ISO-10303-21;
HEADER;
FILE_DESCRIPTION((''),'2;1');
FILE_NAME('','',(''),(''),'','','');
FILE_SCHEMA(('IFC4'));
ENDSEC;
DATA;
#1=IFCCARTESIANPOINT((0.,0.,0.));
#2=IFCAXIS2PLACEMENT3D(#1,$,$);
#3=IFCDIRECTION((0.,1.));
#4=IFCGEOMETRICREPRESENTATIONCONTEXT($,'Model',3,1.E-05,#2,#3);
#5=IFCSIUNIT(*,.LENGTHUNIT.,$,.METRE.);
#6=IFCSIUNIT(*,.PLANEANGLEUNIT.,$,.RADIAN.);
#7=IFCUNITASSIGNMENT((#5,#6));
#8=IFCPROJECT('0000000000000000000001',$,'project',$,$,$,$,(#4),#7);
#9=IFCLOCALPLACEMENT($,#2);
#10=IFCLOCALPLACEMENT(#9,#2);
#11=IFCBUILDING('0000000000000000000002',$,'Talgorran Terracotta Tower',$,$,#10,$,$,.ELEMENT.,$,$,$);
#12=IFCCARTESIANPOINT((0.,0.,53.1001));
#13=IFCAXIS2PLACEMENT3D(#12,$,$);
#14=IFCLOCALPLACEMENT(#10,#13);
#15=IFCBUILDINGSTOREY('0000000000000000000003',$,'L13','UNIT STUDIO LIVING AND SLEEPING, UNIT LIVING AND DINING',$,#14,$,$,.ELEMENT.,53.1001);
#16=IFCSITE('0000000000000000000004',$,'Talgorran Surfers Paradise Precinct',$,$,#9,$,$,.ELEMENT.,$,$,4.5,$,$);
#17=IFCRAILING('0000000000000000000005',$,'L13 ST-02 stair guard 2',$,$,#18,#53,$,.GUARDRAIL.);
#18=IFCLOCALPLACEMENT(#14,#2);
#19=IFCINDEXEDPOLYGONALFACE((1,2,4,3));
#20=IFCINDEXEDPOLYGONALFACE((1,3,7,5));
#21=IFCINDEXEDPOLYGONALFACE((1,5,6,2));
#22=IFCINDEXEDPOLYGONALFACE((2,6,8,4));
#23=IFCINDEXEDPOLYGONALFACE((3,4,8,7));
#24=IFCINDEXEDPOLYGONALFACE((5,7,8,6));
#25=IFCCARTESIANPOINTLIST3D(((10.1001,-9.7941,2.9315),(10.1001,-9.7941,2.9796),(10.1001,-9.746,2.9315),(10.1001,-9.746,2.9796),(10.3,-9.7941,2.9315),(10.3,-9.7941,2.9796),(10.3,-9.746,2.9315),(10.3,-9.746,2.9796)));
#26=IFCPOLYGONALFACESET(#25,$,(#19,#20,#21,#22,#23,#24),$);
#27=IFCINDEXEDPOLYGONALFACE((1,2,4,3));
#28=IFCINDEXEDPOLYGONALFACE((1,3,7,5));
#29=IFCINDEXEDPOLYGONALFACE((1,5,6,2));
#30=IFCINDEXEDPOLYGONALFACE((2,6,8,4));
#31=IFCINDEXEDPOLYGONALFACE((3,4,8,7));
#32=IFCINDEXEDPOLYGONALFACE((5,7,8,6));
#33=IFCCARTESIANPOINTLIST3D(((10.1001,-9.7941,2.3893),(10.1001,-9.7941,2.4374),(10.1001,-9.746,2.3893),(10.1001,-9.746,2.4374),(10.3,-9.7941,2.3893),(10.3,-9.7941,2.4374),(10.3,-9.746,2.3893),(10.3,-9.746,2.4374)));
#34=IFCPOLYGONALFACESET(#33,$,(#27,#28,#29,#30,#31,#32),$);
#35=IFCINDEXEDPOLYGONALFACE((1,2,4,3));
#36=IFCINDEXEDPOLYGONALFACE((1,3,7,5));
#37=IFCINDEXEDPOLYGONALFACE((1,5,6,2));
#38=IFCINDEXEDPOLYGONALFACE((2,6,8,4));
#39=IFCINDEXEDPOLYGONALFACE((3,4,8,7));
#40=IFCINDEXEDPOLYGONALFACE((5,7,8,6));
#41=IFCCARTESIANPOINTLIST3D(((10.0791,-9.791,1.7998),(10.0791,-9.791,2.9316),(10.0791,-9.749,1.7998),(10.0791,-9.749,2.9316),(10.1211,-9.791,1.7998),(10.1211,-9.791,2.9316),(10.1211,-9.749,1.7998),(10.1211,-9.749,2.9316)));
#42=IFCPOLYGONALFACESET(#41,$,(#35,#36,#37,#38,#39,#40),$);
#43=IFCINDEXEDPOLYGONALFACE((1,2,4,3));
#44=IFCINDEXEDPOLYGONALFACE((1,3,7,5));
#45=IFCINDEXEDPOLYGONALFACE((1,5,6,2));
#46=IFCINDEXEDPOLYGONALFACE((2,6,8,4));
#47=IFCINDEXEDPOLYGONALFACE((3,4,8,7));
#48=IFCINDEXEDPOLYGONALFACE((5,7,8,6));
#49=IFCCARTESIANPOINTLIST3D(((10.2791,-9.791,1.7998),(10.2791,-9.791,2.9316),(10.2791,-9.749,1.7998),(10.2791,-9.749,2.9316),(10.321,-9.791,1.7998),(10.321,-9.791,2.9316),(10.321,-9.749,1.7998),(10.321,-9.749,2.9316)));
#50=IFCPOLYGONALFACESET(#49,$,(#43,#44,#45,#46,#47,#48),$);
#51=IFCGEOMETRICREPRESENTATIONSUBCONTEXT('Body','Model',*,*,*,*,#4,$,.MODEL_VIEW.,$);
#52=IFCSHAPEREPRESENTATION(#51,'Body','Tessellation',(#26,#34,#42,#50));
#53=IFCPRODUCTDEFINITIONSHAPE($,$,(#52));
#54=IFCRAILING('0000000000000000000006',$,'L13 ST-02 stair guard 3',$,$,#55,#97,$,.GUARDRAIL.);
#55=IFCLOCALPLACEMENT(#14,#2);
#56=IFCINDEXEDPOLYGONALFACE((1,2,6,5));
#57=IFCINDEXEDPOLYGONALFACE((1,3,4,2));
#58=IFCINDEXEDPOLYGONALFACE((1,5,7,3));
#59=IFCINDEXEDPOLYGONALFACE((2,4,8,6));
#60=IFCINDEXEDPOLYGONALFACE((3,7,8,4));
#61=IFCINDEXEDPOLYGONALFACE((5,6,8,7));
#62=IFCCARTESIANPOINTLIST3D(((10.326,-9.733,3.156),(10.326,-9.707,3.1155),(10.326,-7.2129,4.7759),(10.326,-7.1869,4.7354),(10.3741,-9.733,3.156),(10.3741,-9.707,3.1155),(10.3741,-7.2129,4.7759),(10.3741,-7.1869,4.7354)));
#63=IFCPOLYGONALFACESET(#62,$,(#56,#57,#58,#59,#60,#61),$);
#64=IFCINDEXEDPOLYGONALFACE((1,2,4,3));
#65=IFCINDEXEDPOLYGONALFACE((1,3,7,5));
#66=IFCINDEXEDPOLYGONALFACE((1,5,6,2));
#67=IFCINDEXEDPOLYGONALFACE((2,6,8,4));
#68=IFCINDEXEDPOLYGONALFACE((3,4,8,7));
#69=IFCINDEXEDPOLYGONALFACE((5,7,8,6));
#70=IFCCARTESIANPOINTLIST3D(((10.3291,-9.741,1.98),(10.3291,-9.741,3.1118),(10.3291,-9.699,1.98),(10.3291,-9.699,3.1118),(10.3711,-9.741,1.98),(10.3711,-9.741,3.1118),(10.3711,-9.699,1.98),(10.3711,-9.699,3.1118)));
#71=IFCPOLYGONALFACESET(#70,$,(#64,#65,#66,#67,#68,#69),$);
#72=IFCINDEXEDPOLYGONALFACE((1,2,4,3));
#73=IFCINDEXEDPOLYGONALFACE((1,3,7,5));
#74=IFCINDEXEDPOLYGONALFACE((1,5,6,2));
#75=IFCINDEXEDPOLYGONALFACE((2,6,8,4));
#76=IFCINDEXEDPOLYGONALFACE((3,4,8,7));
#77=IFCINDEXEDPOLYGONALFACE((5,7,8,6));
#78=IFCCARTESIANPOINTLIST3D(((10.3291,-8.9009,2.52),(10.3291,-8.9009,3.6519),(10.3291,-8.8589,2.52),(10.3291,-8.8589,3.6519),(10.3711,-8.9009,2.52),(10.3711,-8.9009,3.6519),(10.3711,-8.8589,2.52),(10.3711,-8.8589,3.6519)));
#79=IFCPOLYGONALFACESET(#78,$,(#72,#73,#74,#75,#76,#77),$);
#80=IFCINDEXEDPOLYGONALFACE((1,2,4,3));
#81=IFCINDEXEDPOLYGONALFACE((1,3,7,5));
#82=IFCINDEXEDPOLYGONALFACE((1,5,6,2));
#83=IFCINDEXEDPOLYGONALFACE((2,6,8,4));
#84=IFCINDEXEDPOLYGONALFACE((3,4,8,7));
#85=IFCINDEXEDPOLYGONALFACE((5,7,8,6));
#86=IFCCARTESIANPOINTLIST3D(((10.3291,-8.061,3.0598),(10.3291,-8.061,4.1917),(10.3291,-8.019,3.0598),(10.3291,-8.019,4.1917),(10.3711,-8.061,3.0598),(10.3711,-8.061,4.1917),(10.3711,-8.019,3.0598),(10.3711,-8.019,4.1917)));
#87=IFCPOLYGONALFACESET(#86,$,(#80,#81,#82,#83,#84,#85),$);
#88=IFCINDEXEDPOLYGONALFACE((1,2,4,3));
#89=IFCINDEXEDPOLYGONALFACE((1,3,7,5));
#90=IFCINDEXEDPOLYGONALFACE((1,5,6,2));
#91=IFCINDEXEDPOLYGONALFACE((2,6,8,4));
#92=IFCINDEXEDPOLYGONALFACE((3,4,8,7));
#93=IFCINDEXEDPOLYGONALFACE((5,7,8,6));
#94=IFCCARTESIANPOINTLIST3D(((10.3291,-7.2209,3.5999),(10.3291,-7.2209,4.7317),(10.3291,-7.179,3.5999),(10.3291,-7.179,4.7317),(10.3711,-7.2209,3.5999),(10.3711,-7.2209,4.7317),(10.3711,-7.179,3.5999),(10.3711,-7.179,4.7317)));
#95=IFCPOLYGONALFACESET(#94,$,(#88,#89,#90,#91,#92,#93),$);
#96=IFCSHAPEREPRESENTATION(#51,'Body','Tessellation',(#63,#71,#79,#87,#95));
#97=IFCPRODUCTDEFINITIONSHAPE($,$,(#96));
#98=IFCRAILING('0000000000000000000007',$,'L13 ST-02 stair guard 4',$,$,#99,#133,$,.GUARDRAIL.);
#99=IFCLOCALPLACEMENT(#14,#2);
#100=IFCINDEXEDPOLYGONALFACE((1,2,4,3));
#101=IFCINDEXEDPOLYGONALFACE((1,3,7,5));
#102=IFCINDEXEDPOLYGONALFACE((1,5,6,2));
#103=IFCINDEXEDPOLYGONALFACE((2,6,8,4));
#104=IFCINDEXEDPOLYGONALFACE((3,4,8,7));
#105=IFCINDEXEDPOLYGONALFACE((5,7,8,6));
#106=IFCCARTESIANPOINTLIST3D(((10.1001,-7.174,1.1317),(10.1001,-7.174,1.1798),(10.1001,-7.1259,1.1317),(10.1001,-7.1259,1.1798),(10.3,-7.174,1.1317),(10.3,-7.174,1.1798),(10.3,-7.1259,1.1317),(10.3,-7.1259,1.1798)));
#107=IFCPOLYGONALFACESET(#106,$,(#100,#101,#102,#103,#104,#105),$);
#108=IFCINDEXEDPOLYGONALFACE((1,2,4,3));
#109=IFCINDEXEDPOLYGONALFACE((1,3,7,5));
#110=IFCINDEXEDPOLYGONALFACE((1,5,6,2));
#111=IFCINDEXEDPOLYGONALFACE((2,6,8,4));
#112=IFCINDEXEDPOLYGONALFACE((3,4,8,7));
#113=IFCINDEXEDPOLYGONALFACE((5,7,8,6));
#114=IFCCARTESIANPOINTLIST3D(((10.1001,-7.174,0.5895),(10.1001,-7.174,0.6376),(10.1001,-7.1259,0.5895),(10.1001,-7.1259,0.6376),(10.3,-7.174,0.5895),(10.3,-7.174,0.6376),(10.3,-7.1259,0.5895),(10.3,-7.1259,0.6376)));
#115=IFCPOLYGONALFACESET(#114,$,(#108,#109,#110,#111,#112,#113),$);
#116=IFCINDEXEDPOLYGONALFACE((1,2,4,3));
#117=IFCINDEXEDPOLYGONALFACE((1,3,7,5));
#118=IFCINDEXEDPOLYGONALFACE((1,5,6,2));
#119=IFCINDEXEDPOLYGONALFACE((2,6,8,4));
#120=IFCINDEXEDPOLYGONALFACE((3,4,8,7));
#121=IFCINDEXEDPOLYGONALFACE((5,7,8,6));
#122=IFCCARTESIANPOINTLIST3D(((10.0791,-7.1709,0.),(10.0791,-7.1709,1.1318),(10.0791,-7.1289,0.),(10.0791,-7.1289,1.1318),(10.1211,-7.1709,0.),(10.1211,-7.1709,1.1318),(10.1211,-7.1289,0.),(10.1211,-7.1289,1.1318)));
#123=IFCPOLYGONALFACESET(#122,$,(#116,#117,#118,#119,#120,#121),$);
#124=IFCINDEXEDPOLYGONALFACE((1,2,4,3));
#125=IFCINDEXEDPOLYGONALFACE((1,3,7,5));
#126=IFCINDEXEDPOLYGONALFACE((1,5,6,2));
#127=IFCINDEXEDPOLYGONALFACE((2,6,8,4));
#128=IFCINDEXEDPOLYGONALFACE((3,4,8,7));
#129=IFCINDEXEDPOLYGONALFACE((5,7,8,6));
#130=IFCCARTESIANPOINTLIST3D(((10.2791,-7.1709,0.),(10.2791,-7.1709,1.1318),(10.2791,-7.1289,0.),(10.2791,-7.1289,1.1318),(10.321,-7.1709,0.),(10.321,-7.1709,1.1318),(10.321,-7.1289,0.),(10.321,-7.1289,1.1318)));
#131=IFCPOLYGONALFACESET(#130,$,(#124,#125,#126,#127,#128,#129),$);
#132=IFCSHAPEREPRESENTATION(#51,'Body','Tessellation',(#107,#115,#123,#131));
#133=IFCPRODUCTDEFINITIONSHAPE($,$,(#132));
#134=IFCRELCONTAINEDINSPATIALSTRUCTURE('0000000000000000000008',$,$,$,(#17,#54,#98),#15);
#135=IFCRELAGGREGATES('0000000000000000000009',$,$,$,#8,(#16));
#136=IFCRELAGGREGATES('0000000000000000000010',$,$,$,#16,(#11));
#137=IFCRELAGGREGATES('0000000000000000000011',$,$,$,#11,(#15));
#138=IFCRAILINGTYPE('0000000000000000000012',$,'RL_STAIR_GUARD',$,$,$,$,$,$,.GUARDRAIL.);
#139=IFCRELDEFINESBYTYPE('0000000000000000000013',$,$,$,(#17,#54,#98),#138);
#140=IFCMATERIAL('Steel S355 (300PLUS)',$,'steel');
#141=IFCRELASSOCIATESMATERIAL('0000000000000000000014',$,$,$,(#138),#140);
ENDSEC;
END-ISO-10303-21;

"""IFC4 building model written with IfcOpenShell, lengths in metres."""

from ifc_helpers import new_model, si_unit, direction, frame, origin, origin_2d, place, context, subcontext, project, spatial, rectangle, extrude, material, type_object, element, save


model = new_model("IFC4")

# Units and contexts
model_context = context("Model", 3, precision=1e-05, world=origin(), true_north=direction((0.0, 1.0)))
body_context = subcontext(model_context, "Body", "Model", "MODEL_VIEW")
ifc_project = project(units=[si_unit("LENGTHUNIT", "METRE"), si_unit("PLANEANGLEUNIT", "RADIAN")], contexts=[model_context])

# Site, building, storey
site_placement = place(None, origin())
site = spatial("IfcSite", under=ifc_project, at=site_placement, Name="Talgorran Surfers Paradise Precinct", CompositionType="ELEMENT", RefElevation=4.5)
building_placement = place(site_placement, origin())
building = spatial("IfcBuilding", under=site, at=building_placement, Name="Talgorran Terracotta Tower", CompositionType="ELEMENT")
storey_placement = place(building_placement, frame((0.0, 0.0, 53.1001)))
storey = spatial("IfcBuildingStorey", under=building, at=storey_placement, Name="L13", Description="UNIT STUDIO LIVING AND SLEEPING, UNIT LIVING AND DINING", CompositionType="ELEMENT", Elevation=53.1001)

# Shared definitions
ifc_material_1 = material(Name="Steel S355 (300PLUS)", Category="steel")

# Railings
railing_type_1 = type_object("IfcRailingType", Name="RL_STAIR_GUARD", PredefinedType="GUARDRAIL", material=ifc_material_1)
railing_1_placement = place(storey_placement, frame((10.1001, -9.77, 1.7998)))
element("IfcRailing", 1, at=railing_1_placement, inside=storey, type_object=railing_type_1, Name="L13 ST-02 stair guard 2", PredefinedType="GUARDRAIL", context=body_context, shape_type="SweptSolid", body=[
    extrude(rectangle(XDim=0.0481, YDim=0.0481, at=origin_2d()), frame((0.0, 0.0, 1.1558), z_axis=(1.0, 0.0, 0.0), x_axis=(0.0, 1.0, 0.0)), (0.0, 0.0, 1.0), 0.2),
    extrude(rectangle(XDim=0.0481, YDim=0.0481, at=origin_2d()), frame((0.0, 0.0, 0.6135), z_axis=(1.0, 0.0, 0.0), x_axis=(0.0, 1.0, 0.0)), (0.0, 0.0, 1.0), 0.2),
    extrude(rectangle(XDim=0.042, YDim=0.042, at=origin_2d()), origin(), (0.0, 0.0, 1.0), 1.1318),
    extrude(rectangle(XDim=0.042, YDim=0.042, at=origin_2d()), frame((0.2, 0.0, 0.0)), (0.0, 0.0, 1.0), 1.1318),
])
railing_2_placement = place(storey_placement, frame((10.3501, -9.72, 1.98)))
element("IfcRailing", 2, at=railing_2_placement, inside=storey, type_object=railing_type_1, Name="L13 ST-02 stair guard 3", PredefinedType="GUARDRAIL", context=body_context, shape_type="SweptSolid", body=[
    extrude(rectangle(XDim=0.0481, YDim=0.0481, at=origin_2d()), frame((0.0, 0.0, 1.1558), z_axis=(0.0, 0.8412, 0.540725), x_axis=(-1.0, 0.0, 0.0)), (0.0, 0.0, 1.0), 2.9958),
    extrude(rectangle(XDim=0.042, YDim=0.042, at=origin_2d()), origin(), (0.0, 0.0, 1.0), 1.1318),
    extrude(rectangle(XDim=0.042, YDim=0.042, at=origin_2d()), frame((0.0, 0.8401, 0.54)), (0.0, 0.0, 1.0), 1.1318),
    extrude(rectangle(XDim=0.042, YDim=0.042, at=origin_2d()), frame((0.0, 1.6799, 1.0798)), (0.0, 0.0, 1.0), 1.1318),
    extrude(rectangle(XDim=0.042, YDim=0.042, at=origin_2d()), frame((0.0, 2.52, 1.6199)), (0.0, 0.0, 1.0), 1.1318),
])
railing_3_placement = place(storey_placement, frame((10.1001, -7.1499, 0.0)))
element("IfcRailing", 3, at=railing_3_placement, inside=storey, type_object=railing_type_1, Name="L13 ST-02 stair guard 4", PredefinedType="GUARDRAIL", context=body_context, shape_type="SweptSolid", body=[
    extrude(rectangle(XDim=0.0481, YDim=0.0481, at=origin_2d()), frame((0.0, 0.0, 1.1558), z_axis=(1.0, 0.0, 0.0), x_axis=(0.0, 1.0, 0.0)), (0.0, 0.0, 1.0), 0.2),
    extrude(rectangle(XDim=0.0481, YDim=0.0481, at=origin_2d()), frame((0.0, 0.0, 0.6135), z_axis=(1.0, 0.0, 0.0), x_axis=(0.0, 1.0, 0.0)), (0.0, 0.0, 1.0), 0.2),
    extrude(rectangle(XDim=0.042, YDim=0.042, at=origin_2d()), origin(), (0.0, 0.0, 1.0), 1.1318),
    extrude(rectangle(XDim=0.042, YDim=0.042, at=origin_2d()), frame((0.2, 0.0, 0.0)), (0.0, 0.0, 1.0), 1.1318),
])

save(model, "model.ifc")
